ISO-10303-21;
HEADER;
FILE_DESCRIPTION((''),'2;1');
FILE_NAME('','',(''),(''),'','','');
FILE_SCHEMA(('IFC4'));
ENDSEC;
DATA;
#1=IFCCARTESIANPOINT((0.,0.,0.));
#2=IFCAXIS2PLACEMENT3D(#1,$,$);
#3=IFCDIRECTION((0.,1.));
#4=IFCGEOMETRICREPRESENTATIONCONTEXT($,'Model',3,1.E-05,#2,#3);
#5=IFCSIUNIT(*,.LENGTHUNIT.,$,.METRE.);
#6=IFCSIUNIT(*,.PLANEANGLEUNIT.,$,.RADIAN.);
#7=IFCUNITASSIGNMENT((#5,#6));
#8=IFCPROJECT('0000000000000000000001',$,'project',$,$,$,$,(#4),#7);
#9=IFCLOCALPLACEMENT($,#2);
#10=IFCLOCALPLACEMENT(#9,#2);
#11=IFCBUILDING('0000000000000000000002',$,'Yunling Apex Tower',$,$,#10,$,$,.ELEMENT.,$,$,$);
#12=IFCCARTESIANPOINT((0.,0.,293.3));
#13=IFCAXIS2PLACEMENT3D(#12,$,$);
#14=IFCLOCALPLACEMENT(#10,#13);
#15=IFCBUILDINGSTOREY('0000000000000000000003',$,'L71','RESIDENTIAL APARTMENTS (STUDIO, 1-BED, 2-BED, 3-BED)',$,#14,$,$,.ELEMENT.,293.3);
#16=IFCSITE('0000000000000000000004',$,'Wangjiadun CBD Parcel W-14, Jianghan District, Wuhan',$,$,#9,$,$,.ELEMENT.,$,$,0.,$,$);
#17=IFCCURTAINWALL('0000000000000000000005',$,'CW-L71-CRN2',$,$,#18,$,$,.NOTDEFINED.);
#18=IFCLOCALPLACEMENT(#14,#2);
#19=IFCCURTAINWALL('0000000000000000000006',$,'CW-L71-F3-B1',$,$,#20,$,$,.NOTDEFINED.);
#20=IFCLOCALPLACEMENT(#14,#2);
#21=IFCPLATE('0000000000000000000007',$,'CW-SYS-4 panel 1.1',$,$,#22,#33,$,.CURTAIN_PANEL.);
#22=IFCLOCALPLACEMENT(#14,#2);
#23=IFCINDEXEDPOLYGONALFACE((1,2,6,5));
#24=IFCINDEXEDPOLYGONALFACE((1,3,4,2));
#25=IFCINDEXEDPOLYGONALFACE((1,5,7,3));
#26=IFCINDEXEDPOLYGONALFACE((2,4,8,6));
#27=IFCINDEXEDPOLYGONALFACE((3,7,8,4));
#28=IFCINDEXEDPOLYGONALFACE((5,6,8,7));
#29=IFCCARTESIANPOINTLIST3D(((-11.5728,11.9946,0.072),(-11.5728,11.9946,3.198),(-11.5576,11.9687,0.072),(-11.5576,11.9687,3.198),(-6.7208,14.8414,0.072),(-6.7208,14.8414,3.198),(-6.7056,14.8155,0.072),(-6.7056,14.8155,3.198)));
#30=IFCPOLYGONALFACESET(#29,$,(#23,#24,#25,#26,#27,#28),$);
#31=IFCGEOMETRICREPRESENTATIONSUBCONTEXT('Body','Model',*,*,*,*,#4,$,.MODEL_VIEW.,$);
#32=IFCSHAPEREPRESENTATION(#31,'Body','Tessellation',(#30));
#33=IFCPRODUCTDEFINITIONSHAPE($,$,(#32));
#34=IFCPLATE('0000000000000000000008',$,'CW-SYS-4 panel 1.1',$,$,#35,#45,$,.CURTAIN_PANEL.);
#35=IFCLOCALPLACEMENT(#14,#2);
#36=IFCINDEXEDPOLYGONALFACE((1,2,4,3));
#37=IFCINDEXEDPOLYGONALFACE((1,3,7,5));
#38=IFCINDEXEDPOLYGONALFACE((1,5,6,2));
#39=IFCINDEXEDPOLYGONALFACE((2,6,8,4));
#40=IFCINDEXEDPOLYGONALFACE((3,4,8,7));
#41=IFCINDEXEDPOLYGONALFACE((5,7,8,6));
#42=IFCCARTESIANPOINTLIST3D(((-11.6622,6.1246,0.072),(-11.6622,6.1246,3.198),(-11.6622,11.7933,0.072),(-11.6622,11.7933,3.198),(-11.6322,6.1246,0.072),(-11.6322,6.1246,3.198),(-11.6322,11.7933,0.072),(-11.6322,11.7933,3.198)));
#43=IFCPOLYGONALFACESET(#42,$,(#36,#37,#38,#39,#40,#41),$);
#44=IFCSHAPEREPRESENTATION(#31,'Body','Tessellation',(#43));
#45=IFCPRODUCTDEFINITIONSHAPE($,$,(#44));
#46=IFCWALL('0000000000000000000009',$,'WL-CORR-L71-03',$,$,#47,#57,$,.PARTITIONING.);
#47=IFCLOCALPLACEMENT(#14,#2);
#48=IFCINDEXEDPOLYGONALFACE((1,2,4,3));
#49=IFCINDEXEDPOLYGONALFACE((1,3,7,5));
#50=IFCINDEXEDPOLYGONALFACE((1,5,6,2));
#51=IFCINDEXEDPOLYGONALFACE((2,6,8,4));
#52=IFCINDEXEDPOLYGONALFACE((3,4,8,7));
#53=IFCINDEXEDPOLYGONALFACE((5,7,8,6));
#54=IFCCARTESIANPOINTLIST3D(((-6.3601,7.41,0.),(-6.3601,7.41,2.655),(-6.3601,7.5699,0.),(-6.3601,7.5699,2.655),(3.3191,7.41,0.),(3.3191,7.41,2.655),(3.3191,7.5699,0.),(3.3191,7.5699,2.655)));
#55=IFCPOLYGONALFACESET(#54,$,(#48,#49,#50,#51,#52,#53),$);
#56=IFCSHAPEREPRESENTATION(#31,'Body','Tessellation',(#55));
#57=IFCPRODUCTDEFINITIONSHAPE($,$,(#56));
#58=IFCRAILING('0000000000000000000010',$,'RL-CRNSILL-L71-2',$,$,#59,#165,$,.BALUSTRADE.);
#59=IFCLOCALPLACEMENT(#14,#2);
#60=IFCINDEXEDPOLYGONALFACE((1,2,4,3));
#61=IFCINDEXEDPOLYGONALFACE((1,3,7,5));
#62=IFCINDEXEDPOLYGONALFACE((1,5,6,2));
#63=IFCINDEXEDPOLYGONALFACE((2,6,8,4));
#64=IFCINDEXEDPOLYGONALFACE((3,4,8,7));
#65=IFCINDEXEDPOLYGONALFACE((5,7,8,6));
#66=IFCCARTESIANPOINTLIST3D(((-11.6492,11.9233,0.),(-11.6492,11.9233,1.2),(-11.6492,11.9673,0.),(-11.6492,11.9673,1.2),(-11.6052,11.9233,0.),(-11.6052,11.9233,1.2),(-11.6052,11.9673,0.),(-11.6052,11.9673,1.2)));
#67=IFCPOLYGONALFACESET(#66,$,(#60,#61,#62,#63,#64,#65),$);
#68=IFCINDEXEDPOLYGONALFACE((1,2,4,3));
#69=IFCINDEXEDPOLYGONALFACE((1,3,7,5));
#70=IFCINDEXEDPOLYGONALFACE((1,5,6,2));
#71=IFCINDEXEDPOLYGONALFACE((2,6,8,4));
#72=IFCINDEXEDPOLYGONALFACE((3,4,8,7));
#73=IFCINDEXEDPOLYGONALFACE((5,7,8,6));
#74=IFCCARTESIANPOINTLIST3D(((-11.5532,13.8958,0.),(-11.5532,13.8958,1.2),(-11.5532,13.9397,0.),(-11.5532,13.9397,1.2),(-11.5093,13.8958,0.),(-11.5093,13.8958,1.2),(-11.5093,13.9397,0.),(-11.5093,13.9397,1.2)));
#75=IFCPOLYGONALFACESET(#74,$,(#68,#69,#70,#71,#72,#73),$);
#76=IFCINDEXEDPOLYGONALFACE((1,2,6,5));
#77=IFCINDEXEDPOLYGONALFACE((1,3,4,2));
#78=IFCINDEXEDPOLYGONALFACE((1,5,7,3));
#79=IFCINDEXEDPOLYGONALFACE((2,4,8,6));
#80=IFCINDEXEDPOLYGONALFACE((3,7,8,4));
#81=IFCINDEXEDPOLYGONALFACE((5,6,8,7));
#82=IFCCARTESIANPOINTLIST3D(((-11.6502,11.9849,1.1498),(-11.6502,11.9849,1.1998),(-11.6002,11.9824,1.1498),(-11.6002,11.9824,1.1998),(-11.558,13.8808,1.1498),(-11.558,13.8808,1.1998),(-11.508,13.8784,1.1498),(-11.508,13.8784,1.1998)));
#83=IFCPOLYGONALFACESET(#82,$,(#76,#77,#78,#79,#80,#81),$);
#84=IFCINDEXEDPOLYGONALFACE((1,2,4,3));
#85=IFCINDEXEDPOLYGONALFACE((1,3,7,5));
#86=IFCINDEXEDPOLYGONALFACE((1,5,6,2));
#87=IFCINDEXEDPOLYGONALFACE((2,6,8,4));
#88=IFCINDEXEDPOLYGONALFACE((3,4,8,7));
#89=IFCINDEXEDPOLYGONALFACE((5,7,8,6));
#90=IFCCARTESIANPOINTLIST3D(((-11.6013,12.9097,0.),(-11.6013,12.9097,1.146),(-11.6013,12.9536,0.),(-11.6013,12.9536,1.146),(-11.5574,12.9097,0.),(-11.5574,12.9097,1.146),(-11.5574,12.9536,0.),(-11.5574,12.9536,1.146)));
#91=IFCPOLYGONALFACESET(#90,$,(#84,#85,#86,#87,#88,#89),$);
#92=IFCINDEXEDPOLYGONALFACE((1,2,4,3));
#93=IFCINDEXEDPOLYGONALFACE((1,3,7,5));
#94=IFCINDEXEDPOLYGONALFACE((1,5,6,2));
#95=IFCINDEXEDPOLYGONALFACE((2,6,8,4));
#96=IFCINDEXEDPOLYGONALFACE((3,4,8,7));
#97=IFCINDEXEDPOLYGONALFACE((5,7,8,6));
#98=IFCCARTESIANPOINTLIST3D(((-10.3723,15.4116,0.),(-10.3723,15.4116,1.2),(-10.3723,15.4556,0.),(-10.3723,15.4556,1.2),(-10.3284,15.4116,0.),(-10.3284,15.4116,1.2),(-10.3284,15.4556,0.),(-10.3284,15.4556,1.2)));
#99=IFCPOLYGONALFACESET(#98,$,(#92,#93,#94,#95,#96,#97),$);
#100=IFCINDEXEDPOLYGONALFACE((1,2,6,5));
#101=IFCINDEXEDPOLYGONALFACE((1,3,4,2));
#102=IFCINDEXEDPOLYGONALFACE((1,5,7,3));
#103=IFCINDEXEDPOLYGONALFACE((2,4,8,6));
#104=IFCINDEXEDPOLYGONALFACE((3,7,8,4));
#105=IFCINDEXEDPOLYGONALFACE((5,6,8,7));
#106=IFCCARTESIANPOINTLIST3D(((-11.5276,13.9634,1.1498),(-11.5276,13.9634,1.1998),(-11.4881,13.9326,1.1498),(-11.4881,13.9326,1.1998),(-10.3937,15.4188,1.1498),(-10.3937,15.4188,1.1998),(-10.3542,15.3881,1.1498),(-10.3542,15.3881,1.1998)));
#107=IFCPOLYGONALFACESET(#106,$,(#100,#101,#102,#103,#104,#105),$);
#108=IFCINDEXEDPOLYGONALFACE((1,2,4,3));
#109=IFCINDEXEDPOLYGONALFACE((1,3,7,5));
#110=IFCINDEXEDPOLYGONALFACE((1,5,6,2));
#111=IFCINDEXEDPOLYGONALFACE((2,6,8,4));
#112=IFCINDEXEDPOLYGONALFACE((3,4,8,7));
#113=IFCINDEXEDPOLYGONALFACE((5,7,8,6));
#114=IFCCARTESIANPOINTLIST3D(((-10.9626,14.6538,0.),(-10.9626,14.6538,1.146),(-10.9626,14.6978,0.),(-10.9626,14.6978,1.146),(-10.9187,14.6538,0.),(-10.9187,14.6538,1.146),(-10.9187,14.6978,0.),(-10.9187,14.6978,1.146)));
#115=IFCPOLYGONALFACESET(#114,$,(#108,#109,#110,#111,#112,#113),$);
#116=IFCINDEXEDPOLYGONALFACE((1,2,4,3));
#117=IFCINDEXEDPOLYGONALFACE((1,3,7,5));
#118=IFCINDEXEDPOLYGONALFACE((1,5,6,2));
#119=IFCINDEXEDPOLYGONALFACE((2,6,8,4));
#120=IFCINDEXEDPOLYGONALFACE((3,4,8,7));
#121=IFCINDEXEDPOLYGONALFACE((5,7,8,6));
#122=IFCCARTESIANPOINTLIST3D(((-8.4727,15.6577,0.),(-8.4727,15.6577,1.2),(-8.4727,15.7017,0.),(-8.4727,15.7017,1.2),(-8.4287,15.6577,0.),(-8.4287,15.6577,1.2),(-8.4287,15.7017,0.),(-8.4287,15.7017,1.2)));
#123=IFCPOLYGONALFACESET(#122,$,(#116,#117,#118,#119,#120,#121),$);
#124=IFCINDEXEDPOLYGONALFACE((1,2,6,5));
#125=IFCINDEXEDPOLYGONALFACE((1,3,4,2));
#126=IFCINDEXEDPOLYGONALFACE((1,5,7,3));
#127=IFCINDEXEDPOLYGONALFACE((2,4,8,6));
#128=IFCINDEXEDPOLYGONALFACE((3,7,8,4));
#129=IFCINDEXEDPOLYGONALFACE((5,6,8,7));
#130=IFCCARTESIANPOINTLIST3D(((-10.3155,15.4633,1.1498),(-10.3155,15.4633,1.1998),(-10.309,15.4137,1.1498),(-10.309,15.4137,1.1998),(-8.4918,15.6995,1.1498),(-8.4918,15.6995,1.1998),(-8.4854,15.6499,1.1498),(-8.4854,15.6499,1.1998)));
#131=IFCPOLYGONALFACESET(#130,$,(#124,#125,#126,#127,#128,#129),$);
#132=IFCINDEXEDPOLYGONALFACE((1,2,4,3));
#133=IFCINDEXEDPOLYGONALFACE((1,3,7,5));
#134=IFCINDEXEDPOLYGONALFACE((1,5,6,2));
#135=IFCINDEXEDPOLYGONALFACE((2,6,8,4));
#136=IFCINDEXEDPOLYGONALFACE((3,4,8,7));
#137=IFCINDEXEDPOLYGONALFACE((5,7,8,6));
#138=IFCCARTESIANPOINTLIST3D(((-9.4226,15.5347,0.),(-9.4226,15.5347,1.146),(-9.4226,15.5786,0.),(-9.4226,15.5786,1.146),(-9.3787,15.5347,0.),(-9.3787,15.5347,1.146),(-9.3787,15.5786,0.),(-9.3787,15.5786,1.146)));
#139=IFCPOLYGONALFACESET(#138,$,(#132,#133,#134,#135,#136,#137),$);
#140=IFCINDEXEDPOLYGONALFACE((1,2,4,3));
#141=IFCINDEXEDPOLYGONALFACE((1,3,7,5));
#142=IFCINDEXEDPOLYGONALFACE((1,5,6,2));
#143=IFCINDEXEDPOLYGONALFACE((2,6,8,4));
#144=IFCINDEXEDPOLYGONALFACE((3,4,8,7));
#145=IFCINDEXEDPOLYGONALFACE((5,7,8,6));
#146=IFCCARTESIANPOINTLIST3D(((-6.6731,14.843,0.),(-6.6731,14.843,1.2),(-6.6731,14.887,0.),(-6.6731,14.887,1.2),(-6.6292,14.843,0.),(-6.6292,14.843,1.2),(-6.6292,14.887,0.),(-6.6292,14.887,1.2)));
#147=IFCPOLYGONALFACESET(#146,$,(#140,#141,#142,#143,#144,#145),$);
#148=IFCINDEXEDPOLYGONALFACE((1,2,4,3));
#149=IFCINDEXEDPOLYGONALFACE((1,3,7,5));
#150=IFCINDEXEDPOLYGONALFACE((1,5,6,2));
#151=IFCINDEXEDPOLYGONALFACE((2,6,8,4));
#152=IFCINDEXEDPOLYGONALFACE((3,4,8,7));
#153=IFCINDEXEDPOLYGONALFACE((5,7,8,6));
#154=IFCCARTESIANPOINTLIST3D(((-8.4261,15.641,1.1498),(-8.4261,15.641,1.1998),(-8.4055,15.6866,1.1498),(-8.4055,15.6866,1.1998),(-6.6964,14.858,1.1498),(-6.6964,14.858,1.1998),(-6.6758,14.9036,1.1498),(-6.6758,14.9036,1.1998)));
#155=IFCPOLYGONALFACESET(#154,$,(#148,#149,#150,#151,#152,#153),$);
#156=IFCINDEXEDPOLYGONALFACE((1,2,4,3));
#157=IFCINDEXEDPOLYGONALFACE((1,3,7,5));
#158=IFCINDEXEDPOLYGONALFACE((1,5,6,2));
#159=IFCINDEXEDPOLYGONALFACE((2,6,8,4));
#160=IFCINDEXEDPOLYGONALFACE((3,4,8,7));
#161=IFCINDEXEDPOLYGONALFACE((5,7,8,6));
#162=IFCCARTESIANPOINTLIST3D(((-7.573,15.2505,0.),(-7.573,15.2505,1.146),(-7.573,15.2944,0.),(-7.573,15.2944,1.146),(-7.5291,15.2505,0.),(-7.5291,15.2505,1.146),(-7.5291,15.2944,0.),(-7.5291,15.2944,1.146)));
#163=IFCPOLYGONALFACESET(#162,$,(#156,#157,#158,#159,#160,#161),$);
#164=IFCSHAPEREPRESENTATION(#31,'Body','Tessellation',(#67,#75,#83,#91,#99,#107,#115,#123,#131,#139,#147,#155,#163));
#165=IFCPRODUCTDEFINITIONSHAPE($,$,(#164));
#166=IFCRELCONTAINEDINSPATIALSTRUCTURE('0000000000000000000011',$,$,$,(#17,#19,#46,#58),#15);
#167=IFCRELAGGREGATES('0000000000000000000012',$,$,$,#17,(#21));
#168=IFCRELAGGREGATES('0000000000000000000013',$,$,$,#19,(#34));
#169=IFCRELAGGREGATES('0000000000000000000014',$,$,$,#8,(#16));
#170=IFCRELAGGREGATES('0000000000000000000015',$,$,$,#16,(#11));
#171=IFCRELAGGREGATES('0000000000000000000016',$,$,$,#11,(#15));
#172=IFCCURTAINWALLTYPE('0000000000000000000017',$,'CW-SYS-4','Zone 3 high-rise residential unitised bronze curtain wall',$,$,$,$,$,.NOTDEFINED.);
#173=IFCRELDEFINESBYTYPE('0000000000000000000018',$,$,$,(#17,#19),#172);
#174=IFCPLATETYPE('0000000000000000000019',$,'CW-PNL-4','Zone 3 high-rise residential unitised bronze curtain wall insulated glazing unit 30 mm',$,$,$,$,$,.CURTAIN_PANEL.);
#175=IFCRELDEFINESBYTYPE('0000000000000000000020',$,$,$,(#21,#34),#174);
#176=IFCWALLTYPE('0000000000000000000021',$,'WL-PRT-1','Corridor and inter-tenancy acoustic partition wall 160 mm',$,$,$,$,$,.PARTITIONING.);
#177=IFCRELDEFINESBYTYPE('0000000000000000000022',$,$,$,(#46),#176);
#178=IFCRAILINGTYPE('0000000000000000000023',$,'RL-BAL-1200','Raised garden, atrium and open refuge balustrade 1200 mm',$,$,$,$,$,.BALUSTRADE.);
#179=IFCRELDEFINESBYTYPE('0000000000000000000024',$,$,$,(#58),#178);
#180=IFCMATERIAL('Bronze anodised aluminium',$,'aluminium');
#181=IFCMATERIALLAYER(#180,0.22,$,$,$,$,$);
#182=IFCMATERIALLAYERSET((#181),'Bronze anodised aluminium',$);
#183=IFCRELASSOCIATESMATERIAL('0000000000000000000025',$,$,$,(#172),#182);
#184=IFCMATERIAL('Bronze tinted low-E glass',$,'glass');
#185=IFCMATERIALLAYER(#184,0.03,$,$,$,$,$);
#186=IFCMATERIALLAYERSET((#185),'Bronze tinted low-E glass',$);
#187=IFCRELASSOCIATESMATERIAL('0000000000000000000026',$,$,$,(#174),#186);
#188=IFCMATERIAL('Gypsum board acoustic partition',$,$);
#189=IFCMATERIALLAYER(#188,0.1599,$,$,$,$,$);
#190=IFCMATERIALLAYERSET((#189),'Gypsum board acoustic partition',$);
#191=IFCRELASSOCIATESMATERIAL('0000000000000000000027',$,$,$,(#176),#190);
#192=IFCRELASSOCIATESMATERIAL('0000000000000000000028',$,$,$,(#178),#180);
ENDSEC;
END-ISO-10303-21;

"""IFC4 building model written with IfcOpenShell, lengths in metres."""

from ifc_helpers import new_model, si_unit, direction, frame, frame_2d, origin, origin_2d, place, context, subcontext, project, spatial, rectangle, extrude, source, transform, mapped, material, layer, layer_set, type_object, element, aggregate, save


model = new_model("IFC4")

# Units and contexts
model_context = context("Model", 3, precision=1e-05, world=origin(), true_north=direction((0.0, 1.0)))
body_context = subcontext(model_context, "Body", "Model", "MODEL_VIEW")
ifc_project = project(units=[si_unit("LENGTHUNIT", "METRE"), si_unit("PLANEANGLEUNIT", "RADIAN")], contexts=[model_context])

# Site, building, storey
site_placement = place(None, origin())
site = spatial("IfcSite", under=ifc_project, at=site_placement, Name="Wangjiadun CBD Parcel W-14, Jianghan District, Wuhan", CompositionType="ELEMENT", RefElevation=0.0)
building_placement = place(site_placement, origin())
building = spatial("IfcBuilding", under=site, at=building_placement, Name="Yunling Apex Tower", CompositionType="ELEMENT")
storey_placement = place(building_placement, frame((0.0, 0.0, 293.3)))
storey = spatial("IfcBuildingStorey", under=building, at=storey_placement, Name="L71", Description="RESIDENTIAL APARTMENTS (STUDIO, 1-BED, 2-BED, 3-BED)", CompositionType="ELEMENT", Elevation=293.3)

# Curtain walls
ifc_material_1 = material(Name="Bronze anodised aluminium", Category="aluminium")
ifc_layer_1 = layer(ifc_material_1, 0.22)
ifc_layer_set_1 = layer_set([ifc_layer_1], Name="Bronze anodised aluminium")
curtain_wall_type = type_object("IfcCurtainWallType", Name="CW-SYS-4", Description="Zone 3 high-rise residential unitised bronze curtain wall", PredefinedType="NOTDEFINED", material=ifc_layer_set_1)
curtain_wall_1_placement = place(storey_placement, origin())
curtain_wall_1 = element("IfcCurtainWall", 1, at=curtain_wall_1_placement, inside=storey, type_object=curtain_wall_type, Name="CW-L71-CRN2", PredefinedType="NOTDEFINED")
curtain_wall_2_placement = place(storey_placement, origin())
curtain_wall_2 = element("IfcCurtainWall", 2, at=curtain_wall_2_placement, inside=storey, type_object=curtain_wall_type, Name="CW-L71-F3-B1", PredefinedType="NOTDEFINED")

# Plates
ifc_material_2 = material(Name="Bronze tinted low-E glass", Category="glass")
ifc_layer_2 = layer(ifc_material_2, 0.03)
ifc_layer_set_2 = layer_set([ifc_layer_2], Name="Bronze tinted low-E glass")
plate_type = type_object("IfcPlateType", Name="CW-PNL-4", Description="Zone 3 high-rise residential unitised bronze curtain wall insulated glazing unit 30 mm", PredefinedType="CURTAIN_PANEL", material=ifc_layer_set_2)
shared_shape_1 = source(origin(), body_context, "Body", "SweptSolid", [
    extrude(rectangle(XDim=5.6255, YDim=0.03, at=origin_2d()), origin(), (0.0, 0.0, 1.0), 3.126),
])
plate_1_placement = place(storey_placement, frame((-9.1392, 13.405, 0.072), z_axis=(0.0, 0.0, 1.0), x_axis=(-0.8625, -0.506057, 0.0)))
plate_1 = element("IfcPlate", 3, at=plate_1_placement, type_object=plate_type, Name="CW-SYS-4 panel 1.1", PredefinedType="CURTAIN_PANEL", context=body_context, shape_type="MappedRepresentation", body=[
    mapped(shared_shape_1, transform((0.0, 0.0, 0.0), scale=1.0)),
])
aggregate(curtain_wall_1, [plate_1])
shared_shape_2 = source(origin(), body_context, "Body", "SweptSolid", [
    extrude(rectangle(XDim=5.6687, YDim=0.03, at=origin_2d()), origin(), (0.0, 0.0, 1.0), 3.126),
])
plate_2_placement = place(storey_placement, frame((-11.6472, 8.959, 0.072), z_axis=(0.0, 0.0, 1.0), x_axis=(0.0, -1.0, 0.0)))
plate_2 = element("IfcPlate", 4, at=plate_2_placement, type_object=plate_type, Name="CW-SYS-4 panel 1.1", PredefinedType="CURTAIN_PANEL", context=body_context, shape_type="MappedRepresentation", body=[
    mapped(shared_shape_2, transform((0.0, 0.0, 0.0), scale=1.0)),
])
aggregate(curtain_wall_2, [plate_2])

# Wall
ifc_material_3 = material(Name="Gypsum board acoustic partition")
ifc_layer_3 = layer(ifc_material_3, 0.1599)
ifc_layer_set_3 = layer_set([ifc_layer_3], Name="Gypsum board acoustic partition")
wall_type = type_object("IfcWallType", Name="WL-PRT-1", Description="Corridor and inter-tenancy acoustic partition wall 160 mm", PredefinedType="PARTITIONING", material=ifc_layer_set_3)
wall_1_placement = place(storey_placement, frame((-6.3601, 7.49, 0.0), z_axis=(0.0, 0.0, 1.0), x_axis=(1.0, 0.0, 0.0)))
element("IfcWall", 5, at=wall_1_placement, inside=storey, type_object=wall_type, Name="WL-CORR-L71-03", PredefinedType="PARTITIONING", context=body_context, shape_type="SweptSolid", body=[
    extrude(rectangle(XDim=9.6792, YDim=0.1599, at=frame_2d((4.8396, 0.0))), origin(), (0.0, 0.0, 1.0), 2.655),
])

# Railing
railing_type = type_object("IfcRailingType", Name="RL-BAL-1200", Description="Raised garden, atrium and open refuge balustrade 1200 mm", PredefinedType="BALUSTRADE", material=ifc_material_1)
railing_placement = place(storey_placement, frame((-11.6272, 11.9453, 0.0)))
element("IfcRailing", 6, at=railing_placement, inside=storey, type_object=railing_type, Name="RL-CRNSILL-L71-2", PredefinedType="BALUSTRADE", context=body_context, shape_type="SweptSolid", body=[
    extrude(rectangle(XDim=0.0439, YDim=0.0439, at=origin_2d()), origin(), (0.0, 0.0, 1.0), 1.2),
    extrude(rectangle(XDim=0.0439, YDim=0.0439, at=origin_2d()), frame((0.0959, 1.9724, 0.0)), (0.0, 0.0, 1.0), 1.2),
    extrude(rectangle(XDim=0.05, YDim=0.05, at=origin_2d()), frame((0.002, 0.0383, 1.1748), z_axis=(0.048587, 0.998819, 0.0), x_axis=(-0.998819, 0.048587, 0.0)), (0.0, 0.0, 1.0), 1.8982),
    extrude(rectangle(XDim=0.0439, YDim=0.0439, at=origin_2d()), frame((0.0479, 0.9863, 0.0)), (0.0, 0.0, 1.0), 1.146),
    extrude(rectangle(XDim=0.0439, YDim=0.0439, at=origin_2d()), frame((1.2769, 3.4883, 0.0)), (0.0, 0.0, 1.0), 1.2),
    extrude(rectangle(XDim=0.05, YDim=0.05, at=origin_2d()), frame((0.1194, 2.0027, 1.1748), z_axis=(0.614556, 0.788873, 0.0), x_axis=(-0.788873, 0.614556, 0.0)), (0.0, 0.0, 1.0), 1.845),
    extrude(rectangle(XDim=0.0439, YDim=0.0439, at=origin_2d()), frame((0.6865, 2.7305, 0.0)), (0.0, 0.0, 1.0), 1.146),
    extrude(rectangle(XDim=0.0439, YDim=0.0439, at=origin_2d()), frame((3.1765, 3.7344, 0.0)), (0.0, 0.0, 1.0), 1.2),
    extrude(rectangle(XDim=0.05, YDim=0.05, at=origin_2d()), frame((1.3149, 3.4932, 1.1748), z_axis=(0.991713, 0.128473, 0.0), x_axis=(-0.128473, 0.991713, 0.0)), (0.0, 0.0, 1.0), 1.8389),
    extrude(rectangle(XDim=0.0439, YDim=0.0439, at=origin_2d()), frame((2.2266, 3.6113, 0.0)), (0.0, 0.0, 1.0), 1.146),
    extrude(rectangle(XDim=0.0439, YDim=0.0439, at=origin_2d()), frame((4.9761, 2.9197, 0.0)), (0.0, 0.0, 1.0), 1.2),
    extrude(rectangle(XDim=0.05, YDim=0.05, at=origin_2d()), frame((3.2114, 3.7185, 1.1748), z_axis=(0.910992, -0.412424, 0.0), x_axis=(0.412424, 0.910992, 0.0)), (0.0, 0.0, 1.0), 1.8987),
    extrude(rectangle(XDim=0.0439, YDim=0.0439, at=origin_2d()), frame((4.0762, 3.3271, 0.0)), (0.0, 0.0, 1.0), 1.146),
])

save(model, "model.ifc")
